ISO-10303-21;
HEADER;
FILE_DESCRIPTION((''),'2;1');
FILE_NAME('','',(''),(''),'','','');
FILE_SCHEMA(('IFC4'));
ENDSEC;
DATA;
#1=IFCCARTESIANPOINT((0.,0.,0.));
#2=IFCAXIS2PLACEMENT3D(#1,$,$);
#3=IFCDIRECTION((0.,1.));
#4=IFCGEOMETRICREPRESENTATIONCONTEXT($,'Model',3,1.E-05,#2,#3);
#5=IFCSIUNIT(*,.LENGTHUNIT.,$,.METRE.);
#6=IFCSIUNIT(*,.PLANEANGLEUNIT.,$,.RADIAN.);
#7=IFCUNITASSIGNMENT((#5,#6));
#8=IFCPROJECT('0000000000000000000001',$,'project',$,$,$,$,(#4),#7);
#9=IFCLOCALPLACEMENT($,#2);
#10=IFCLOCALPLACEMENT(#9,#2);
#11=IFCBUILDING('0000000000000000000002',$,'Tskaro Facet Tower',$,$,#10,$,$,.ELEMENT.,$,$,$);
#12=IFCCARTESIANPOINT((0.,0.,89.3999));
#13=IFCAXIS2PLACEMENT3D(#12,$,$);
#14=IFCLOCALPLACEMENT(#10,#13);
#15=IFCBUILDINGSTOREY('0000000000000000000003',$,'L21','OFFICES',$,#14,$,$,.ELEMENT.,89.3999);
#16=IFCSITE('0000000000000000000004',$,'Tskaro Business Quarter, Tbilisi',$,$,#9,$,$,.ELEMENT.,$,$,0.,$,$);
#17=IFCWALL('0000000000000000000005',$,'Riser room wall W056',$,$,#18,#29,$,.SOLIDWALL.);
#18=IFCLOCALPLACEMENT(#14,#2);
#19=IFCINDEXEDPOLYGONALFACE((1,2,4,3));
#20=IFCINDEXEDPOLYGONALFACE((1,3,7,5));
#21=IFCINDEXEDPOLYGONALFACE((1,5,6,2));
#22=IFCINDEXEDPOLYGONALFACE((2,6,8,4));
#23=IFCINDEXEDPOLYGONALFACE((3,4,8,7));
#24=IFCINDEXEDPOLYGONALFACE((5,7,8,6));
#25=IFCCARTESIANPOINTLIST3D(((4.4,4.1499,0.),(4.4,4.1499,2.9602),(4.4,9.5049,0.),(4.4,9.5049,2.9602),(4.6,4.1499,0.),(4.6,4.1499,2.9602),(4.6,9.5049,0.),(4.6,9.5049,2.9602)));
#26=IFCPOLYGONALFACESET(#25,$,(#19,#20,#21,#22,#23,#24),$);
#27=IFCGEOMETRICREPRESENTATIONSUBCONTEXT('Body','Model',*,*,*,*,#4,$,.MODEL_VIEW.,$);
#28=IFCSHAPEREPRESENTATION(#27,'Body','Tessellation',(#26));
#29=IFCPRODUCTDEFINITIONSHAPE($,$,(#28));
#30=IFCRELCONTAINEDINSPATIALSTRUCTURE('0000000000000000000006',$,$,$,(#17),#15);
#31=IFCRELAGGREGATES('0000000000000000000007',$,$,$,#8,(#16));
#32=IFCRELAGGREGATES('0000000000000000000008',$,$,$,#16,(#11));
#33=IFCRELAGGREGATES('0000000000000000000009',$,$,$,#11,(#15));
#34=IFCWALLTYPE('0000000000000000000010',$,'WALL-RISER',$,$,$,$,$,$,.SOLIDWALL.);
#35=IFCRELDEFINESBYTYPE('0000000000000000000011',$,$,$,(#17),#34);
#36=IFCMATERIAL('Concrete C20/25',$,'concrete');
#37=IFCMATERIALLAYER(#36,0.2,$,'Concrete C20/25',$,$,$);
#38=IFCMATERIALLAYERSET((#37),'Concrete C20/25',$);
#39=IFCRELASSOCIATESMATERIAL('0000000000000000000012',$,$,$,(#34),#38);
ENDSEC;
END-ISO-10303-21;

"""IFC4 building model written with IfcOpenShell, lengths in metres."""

from ifc_helpers import new_model, si_unit, direction, frame, frame_2d, origin, place, context, subcontext, project, spatial, rectangle, extrude, material, layer, layer_set, type_object, element, save


model = new_model("IFC4")

# Units and contexts
model_context = context("Model", 3, precision=1e-05, world=origin(), true_north=direction((0.0, 1.0)))
body_context = subcontext(model_context, "Body", "Model", "MODEL_VIEW")
ifc_project = project(units=[si_unit("LENGTHUNIT", "METRE"), si_unit("PLANEANGLEUNIT", "RADIAN")], contexts=[model_context])

# Site, building, storey
site_placement = place(None, origin())
site = spatial("IfcSite", under=ifc_project, at=site_placement, Name="Tskaro Business Quarter, Tbilisi", CompositionType="ELEMENT", RefElevation=0.0)
building_placement = place(site_placement, origin())
building = spatial("IfcBuilding", under=site, at=building_placement, Name="Tskaro Facet Tower", CompositionType="ELEMENT")
storey_placement = place(building_placement, frame((0.0, 0.0, 89.3999)))
storey = spatial("IfcBuildingStorey", under=building, at=storey_placement, Name="L21", Description="OFFICES", CompositionType="ELEMENT", Elevation=89.3999)

# Shared definitions
ifc_material_1 = material(Name="Concrete C20/25", Category="concrete")

# Shared definitions
ifc_layer_1 = layer(ifc_material_1, 0.2, Name="Concrete C20/25")
ifc_layer_set_1 = layer_set([ifc_layer_1], Name="Concrete C20/25")
wall_type_1 = type_object("IfcWallType", Name="WALL-RISER", PredefinedType="SOLIDWALL", material=ifc_layer_set_1)

# Wall
wall_1_placement = place(storey_placement, frame((4.5, 4.1499, 0.0), z_axis=(0.0, 0.0, 1.0), x_axis=(0.0, 1.0, 0.0)))
element("IfcWall", 1, at=wall_1_placement, inside=storey, type_object=wall_type_1, Name="Riser room wall W056", PredefinedType="SOLIDWALL", context=body_context, shape_type="SweptSolid", body=[
    extrude(rectangle(XDim=5.355, YDim=0.2, at=frame_2d((2.6775, 0.0))), origin(), (0.0, 0.0, 1.0), 2.9602),
])

save(model, "model.ifc")
